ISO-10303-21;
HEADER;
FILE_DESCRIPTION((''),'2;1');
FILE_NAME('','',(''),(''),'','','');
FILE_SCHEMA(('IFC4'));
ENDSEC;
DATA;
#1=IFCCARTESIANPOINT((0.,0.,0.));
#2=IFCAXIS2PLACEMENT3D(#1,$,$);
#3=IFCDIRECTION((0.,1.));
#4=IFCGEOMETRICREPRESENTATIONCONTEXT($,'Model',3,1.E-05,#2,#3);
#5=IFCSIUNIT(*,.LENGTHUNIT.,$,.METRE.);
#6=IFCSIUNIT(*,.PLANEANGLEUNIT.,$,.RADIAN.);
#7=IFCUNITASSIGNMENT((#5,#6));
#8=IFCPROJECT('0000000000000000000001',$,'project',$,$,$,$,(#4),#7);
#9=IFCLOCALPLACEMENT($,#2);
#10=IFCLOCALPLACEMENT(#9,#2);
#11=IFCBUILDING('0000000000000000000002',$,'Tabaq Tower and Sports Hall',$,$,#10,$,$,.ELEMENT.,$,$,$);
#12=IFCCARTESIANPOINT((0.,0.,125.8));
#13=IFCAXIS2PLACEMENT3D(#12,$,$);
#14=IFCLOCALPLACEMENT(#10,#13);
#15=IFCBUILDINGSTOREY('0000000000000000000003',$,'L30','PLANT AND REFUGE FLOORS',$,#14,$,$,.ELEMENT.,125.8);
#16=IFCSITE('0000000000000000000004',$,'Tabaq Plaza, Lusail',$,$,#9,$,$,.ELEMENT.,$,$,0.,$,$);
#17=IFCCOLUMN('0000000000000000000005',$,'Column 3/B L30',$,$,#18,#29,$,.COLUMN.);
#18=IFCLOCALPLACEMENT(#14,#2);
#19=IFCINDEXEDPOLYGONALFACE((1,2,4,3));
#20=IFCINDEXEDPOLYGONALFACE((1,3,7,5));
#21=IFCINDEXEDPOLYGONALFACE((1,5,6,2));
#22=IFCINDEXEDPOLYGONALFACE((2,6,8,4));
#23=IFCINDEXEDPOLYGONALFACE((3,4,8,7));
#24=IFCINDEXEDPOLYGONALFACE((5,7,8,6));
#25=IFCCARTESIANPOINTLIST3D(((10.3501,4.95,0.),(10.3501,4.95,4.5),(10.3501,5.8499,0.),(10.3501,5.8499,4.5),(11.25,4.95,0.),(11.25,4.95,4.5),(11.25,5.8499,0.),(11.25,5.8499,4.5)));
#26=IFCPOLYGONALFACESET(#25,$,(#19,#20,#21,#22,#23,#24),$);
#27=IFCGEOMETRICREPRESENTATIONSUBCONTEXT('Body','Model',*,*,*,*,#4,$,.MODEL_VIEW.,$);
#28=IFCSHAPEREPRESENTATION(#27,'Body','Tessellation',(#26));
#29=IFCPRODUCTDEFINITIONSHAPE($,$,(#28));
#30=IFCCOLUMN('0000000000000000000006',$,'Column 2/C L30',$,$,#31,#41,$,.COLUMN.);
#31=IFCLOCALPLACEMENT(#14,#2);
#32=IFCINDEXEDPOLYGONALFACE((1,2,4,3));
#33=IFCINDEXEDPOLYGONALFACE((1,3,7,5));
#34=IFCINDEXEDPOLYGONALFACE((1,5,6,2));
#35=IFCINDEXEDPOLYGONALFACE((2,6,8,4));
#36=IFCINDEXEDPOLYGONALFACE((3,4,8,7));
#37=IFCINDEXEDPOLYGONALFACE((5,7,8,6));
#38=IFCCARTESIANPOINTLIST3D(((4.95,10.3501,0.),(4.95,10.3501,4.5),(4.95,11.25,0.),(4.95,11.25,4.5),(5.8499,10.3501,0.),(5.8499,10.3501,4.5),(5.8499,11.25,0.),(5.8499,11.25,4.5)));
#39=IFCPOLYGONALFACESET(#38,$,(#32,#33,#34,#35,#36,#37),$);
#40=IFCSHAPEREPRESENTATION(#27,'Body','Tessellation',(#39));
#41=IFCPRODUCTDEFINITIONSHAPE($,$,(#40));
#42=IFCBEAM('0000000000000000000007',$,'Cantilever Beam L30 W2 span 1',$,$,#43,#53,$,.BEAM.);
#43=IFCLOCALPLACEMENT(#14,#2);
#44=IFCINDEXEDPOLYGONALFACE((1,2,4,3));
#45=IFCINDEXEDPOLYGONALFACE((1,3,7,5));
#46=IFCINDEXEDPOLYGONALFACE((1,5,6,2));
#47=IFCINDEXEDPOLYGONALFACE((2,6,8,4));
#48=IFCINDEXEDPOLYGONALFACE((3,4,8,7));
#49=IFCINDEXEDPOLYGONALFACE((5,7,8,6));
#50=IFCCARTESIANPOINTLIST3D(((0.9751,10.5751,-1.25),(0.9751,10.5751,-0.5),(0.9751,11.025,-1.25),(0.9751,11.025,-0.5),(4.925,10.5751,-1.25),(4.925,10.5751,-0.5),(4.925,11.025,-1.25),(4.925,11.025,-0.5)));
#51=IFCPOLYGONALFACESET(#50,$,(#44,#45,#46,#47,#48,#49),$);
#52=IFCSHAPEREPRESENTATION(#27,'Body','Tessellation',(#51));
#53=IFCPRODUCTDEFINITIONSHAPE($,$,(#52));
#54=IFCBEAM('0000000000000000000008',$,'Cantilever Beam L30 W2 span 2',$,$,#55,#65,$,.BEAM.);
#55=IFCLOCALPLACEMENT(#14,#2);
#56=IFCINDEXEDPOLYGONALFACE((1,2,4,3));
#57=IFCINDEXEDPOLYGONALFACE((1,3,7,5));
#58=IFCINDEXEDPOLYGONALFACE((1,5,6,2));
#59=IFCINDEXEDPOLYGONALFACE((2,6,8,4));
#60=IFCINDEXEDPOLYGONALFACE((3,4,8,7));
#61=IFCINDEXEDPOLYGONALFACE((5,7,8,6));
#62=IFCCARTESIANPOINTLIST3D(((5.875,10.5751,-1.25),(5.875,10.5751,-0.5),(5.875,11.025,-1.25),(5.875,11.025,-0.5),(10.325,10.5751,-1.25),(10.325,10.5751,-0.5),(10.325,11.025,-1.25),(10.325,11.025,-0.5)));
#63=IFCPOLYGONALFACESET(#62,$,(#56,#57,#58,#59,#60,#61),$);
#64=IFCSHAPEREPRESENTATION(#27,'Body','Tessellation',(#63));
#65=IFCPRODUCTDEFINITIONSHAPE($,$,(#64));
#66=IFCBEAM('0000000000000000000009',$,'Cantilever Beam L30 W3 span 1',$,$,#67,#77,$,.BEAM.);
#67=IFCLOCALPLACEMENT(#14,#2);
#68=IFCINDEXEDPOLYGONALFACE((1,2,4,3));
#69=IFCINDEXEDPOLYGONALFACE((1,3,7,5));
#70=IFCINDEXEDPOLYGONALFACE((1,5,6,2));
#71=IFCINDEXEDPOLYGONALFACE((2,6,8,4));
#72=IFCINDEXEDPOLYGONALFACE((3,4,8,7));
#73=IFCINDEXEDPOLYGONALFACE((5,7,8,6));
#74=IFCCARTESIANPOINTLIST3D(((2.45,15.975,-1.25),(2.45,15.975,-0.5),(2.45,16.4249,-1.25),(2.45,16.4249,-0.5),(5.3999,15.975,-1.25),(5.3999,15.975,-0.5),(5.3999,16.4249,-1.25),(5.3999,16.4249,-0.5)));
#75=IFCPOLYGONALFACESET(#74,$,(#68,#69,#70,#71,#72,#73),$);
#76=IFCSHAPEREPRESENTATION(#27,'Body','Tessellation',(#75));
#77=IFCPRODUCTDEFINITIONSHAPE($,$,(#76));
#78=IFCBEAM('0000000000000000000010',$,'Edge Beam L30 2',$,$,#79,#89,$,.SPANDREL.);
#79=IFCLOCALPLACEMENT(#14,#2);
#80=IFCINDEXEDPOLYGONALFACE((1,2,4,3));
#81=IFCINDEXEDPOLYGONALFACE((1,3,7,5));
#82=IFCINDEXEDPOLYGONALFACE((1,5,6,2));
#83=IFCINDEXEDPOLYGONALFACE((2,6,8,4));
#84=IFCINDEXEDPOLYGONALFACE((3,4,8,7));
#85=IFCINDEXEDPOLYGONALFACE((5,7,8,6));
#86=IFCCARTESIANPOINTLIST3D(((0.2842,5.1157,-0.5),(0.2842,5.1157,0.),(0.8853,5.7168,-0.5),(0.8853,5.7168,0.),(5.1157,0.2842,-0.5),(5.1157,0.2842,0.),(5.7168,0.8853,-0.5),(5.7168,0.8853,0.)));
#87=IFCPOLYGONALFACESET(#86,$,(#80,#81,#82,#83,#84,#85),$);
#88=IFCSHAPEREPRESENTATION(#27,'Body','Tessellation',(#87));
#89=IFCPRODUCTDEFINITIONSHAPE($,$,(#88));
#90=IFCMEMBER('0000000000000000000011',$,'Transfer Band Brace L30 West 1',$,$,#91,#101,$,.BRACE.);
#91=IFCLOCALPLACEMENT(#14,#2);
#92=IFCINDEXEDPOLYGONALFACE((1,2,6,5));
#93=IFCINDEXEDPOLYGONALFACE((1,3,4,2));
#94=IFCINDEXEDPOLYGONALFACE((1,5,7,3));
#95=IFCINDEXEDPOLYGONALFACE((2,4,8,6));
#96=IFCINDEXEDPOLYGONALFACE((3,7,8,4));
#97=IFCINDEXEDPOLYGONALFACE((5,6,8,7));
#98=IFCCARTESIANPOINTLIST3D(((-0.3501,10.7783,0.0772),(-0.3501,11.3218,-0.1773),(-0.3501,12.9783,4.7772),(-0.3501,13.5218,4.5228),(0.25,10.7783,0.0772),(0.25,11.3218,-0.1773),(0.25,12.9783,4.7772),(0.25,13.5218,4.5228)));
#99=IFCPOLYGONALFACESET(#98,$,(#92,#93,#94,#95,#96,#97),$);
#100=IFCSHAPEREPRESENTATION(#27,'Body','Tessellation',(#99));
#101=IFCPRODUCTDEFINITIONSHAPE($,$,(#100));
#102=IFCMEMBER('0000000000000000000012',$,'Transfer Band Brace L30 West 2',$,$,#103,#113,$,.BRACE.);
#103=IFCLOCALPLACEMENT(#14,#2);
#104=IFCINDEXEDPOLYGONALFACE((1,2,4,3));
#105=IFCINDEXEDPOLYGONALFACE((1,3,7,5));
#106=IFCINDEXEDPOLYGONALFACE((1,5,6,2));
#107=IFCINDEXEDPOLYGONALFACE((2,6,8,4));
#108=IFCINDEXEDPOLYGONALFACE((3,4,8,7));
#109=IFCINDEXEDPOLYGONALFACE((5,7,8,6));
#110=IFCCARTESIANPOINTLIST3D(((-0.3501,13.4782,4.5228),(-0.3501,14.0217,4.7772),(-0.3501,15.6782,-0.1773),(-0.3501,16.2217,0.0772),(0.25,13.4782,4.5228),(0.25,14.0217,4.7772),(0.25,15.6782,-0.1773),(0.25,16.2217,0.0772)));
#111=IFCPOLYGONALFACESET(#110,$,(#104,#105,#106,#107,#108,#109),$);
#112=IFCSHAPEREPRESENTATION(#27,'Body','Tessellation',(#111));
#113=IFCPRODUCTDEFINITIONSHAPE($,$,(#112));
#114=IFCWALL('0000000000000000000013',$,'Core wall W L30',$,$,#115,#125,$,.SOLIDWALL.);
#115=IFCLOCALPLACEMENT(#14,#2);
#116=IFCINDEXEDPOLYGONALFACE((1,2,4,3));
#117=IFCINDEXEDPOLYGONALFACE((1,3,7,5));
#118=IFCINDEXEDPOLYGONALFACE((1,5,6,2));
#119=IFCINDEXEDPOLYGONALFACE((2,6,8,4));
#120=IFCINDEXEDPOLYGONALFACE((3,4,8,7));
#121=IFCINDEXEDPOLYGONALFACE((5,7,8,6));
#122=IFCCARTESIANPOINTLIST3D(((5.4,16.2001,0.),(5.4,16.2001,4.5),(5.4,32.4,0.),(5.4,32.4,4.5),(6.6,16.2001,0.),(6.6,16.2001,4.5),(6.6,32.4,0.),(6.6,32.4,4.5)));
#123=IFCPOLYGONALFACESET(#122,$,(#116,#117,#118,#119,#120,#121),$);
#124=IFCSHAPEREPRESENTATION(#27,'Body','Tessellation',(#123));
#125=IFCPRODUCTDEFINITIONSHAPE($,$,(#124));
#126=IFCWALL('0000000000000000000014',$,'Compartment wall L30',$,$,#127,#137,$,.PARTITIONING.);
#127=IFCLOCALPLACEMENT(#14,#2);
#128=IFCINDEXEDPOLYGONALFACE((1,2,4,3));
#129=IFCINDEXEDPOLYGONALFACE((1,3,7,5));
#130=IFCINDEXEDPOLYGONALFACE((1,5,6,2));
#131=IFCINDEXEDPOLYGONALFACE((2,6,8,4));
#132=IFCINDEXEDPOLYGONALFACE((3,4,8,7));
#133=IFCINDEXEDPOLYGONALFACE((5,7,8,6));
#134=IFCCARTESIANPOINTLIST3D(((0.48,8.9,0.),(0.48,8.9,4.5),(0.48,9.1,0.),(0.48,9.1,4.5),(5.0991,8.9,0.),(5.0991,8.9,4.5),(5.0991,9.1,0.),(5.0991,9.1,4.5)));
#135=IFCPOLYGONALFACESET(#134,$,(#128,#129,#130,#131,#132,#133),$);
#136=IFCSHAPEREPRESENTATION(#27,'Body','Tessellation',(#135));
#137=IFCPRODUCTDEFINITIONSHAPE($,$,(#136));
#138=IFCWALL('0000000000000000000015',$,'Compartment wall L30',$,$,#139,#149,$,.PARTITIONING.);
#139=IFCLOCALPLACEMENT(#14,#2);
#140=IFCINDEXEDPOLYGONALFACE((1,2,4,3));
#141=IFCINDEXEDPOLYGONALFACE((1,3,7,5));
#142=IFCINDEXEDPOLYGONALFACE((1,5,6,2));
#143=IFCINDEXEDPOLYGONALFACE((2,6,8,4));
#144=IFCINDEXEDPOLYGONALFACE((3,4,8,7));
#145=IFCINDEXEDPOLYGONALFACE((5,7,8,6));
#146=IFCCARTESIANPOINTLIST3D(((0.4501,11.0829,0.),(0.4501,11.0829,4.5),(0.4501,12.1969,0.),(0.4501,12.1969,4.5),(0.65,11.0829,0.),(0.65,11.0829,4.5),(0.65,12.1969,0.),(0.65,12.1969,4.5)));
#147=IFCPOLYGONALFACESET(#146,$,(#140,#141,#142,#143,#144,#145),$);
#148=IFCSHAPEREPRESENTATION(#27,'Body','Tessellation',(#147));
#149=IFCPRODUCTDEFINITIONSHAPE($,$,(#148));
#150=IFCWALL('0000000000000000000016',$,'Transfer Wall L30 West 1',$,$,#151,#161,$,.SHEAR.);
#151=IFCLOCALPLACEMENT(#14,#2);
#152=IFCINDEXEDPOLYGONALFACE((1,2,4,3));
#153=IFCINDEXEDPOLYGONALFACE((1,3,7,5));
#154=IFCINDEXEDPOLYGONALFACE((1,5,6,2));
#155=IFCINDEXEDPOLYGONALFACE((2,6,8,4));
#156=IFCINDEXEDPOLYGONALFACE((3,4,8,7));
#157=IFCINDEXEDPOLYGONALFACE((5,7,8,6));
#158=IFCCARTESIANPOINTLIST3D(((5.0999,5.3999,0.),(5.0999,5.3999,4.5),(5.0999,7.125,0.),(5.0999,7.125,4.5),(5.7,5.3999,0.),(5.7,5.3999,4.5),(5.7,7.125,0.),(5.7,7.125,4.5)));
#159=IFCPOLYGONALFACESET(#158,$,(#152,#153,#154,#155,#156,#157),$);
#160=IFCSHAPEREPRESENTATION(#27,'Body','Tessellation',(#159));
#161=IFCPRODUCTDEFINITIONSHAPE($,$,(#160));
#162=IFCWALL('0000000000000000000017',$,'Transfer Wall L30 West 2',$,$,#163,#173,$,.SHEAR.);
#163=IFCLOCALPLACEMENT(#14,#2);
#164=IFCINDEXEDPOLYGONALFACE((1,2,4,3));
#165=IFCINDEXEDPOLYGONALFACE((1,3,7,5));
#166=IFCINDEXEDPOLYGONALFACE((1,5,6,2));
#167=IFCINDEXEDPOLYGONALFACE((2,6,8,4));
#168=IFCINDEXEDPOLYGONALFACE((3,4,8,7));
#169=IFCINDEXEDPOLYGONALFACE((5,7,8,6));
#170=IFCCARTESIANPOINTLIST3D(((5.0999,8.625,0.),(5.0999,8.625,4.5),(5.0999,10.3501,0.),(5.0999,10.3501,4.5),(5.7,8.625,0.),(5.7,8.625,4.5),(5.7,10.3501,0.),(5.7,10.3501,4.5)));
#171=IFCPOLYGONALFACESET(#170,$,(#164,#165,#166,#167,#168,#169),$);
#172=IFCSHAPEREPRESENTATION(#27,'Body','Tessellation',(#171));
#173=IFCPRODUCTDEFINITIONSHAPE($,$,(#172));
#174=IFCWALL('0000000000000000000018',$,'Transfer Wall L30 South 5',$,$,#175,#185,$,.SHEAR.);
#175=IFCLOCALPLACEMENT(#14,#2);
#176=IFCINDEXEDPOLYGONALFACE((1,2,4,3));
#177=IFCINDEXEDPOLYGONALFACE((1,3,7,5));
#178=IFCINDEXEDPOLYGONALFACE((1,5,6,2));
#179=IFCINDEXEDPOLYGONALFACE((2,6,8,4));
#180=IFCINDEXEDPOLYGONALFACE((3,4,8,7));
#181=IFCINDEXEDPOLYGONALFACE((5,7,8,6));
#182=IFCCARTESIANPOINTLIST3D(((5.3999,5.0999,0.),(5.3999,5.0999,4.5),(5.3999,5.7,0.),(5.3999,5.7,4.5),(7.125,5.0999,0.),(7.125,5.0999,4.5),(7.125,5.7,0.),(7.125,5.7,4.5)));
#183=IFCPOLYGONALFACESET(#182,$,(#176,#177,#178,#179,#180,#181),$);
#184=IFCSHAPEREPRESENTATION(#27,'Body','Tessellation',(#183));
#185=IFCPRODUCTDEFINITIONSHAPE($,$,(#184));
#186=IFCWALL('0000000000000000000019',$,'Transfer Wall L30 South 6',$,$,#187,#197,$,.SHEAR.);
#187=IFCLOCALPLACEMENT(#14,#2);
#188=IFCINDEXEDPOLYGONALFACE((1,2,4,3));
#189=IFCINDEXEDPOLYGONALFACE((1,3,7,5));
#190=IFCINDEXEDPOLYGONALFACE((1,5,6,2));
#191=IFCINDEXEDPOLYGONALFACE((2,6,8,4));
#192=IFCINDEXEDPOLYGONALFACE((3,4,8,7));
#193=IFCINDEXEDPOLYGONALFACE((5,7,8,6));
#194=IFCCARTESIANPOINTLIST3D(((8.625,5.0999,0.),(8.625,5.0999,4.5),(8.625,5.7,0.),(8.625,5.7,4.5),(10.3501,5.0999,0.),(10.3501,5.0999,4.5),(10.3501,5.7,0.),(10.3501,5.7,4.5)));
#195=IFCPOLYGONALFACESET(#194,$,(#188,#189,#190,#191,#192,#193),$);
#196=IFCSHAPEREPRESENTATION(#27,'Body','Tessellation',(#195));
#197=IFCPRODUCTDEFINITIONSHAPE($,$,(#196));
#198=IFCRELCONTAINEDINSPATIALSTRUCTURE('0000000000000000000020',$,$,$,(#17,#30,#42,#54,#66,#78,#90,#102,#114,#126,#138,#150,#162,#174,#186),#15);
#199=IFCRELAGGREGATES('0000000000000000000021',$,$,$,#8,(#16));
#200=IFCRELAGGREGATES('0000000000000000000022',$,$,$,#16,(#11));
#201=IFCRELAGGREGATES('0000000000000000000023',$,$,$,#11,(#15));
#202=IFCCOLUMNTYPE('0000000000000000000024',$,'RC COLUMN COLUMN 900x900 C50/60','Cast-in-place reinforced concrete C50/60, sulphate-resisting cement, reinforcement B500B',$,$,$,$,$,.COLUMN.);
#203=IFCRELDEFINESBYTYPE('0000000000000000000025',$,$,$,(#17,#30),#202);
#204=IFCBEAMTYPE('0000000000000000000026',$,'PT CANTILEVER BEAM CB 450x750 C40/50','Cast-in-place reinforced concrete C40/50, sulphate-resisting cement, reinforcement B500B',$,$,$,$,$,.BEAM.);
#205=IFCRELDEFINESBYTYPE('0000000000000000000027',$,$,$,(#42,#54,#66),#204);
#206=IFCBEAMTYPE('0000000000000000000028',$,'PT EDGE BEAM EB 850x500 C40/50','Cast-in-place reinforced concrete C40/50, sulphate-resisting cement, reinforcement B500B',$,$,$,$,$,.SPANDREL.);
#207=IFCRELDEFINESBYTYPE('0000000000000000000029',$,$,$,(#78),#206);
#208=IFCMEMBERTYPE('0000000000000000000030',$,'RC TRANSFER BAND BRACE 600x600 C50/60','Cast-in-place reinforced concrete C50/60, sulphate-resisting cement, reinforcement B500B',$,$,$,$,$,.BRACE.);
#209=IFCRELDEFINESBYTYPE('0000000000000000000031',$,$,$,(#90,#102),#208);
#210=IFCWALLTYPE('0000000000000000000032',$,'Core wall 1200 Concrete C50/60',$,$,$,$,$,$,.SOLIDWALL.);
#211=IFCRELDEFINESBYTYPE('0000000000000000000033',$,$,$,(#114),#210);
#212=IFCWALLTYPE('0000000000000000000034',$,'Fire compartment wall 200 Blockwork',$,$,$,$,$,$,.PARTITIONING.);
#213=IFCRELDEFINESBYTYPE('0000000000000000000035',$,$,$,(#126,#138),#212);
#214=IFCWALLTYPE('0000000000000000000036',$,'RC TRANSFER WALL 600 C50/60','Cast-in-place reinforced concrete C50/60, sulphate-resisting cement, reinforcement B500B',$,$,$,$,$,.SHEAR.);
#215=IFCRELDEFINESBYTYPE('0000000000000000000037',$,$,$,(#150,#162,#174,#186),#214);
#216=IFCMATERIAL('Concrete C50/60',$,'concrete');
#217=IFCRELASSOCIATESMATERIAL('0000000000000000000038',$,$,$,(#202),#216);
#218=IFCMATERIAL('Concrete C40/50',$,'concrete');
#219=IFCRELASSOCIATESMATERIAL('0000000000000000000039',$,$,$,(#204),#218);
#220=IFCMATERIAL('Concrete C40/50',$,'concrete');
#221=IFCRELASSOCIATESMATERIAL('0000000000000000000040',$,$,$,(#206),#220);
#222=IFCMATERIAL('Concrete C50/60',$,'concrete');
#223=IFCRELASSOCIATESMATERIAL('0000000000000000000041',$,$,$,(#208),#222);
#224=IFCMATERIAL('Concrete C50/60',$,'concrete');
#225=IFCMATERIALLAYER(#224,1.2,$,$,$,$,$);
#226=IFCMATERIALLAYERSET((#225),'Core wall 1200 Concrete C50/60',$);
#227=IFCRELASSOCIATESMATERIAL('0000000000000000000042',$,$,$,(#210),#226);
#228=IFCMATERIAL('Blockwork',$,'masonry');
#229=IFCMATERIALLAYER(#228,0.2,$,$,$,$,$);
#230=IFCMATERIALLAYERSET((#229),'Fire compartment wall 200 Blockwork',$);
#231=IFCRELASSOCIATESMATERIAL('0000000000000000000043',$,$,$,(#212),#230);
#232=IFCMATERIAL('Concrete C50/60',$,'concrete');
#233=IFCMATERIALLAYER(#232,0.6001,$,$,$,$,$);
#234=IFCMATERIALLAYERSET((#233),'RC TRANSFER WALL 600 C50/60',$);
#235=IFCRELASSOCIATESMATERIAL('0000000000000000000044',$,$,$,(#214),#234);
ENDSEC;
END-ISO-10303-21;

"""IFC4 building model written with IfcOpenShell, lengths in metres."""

from ifc_helpers import new_model, si_unit, direction, frame, frame_2d, origin, origin_2d, place, context, subcontext, project, spatial, rectangle, extrude, material, layer, layer_set, material_profile, profile_set, type_object, element, save


model = new_model("IFC4")

# Units and contexts
model_context = context("Model", 3, precision=1e-05, world=origin(), true_north=direction((0.0, 1.0)))
body_context = subcontext(model_context, "Body", "Model", "MODEL_VIEW")
ifc_project = project(units=[si_unit("LENGTHUNIT", "METRE"), si_unit("PLANEANGLEUNIT", "RADIAN")], contexts=[model_context])

# Site, building, storey
site_placement = place(None, origin())
site = spatial("IfcSite", under=ifc_project, at=site_placement, Name="Tabaq Plaza, Lusail", CompositionType="ELEMENT", RefElevation=0.0)
building_placement = place(site_placement, origin())
building = spatial("IfcBuilding", under=site, at=building_placement, Name="Tabaq Tower and Sports Hall", CompositionType="ELEMENT")
storey_placement = place(building_placement, frame((0.0, 0.0, 125.8)))
storey = spatial("IfcBuildingStorey", under=building, at=storey_placement, Name="L30", Description="PLANT AND REFUGE FLOORS", CompositionType="ELEMENT", Elevation=125.8)

# Columns
ifc_material_1 = material(Name="Concrete C50/60", Category="concrete")
ifc_material_profile_1 = material_profile(ifc_material_1, rectangle(XDim=0.8999, YDim=0.8999, at=origin_2d()), Name="COLUMN 900x900")
ifc_profile_set_1 = profile_set([ifc_material_profile_1], Name="Concrete C50/60")
column_type = type_object("IfcColumnType", Name="RC COLUMN COLUMN 900x900 C50/60", Description="Cast-in-place reinforced concrete C50/60, sulphate-resisting cement, reinforcement B500B", PredefinedType="COLUMN", material=ifc_profile_set_1)
for number, where, z_axis, x_axis, name in (
    (1, (10.8, 5.3999, 0.0), (0.0, 0.0, 1.0), (1.0, 0.0, 0.0), "Column 3/B L30"),
    (2, (5.3999, 10.8, 0.0), (0.0, 0.0, 1.0), (1.0, 0.0, 0.0), "Column 2/C L30"),
):
    element("IfcColumn", number, at=place(storey_placement, frame(where, z_axis=z_axis, x_axis=x_axis)), inside=storey, type_object=column_type, Name=name, PredefinedType="COLUMN", context=body_context, shape_type="SweptSolid", body=[
        extrude(rectangle(XDim=0.8999, YDim=0.8999, at=origin_2d()), origin(), (0.0, 0.0, 1.0), 4.5),
    ])

# Beams
ifc_material_2 = material(Name="Concrete C40/50", Category="concrete")
ifc_material_profile_2 = material_profile(ifc_material_2, rectangle(XDim=0.45, YDim=0.75, at=origin_2d()), Name="CB 450x750")
ifc_profile_set_2 = profile_set([ifc_material_profile_2], Name="Concrete C40/50")
beam_type_1 = type_object("IfcBeamType", Name="PT CANTILEVER BEAM CB 450x750 C40/50", Description="Cast-in-place reinforced concrete C40/50, sulphate-resisting cement, reinforcement B500B", PredefinedType="BEAM", material=ifc_profile_set_2)
beam_1_placement = place(storey_placement, frame((0.9751, 10.8, -0.875), z_axis=(1.0, 0.0, 0.0), x_axis=(0.0, 1.0, 0.0)))
element("IfcBeam", 3, at=beam_1_placement, inside=storey, type_object=beam_type_1, Name="Cantilever Beam L30 W2 span 1", PredefinedType="BEAM", context=body_context, shape_type="SweptSolid", body=[
    extrude(rectangle(XDim=0.45, YDim=0.75, at=origin_2d()), origin(), (0.0, 0.0, 1.0), 3.95),
])
beam_2_placement = place(storey_placement, frame((5.875, 10.8, -0.875), z_axis=(1.0, 0.0, 0.0), x_axis=(0.0, 1.0, 0.0)))
element("IfcBeam", 4, at=beam_2_placement, inside=storey, type_object=beam_type_1, Name="Cantilever Beam L30 W2 span 2", PredefinedType="BEAM", context=body_context, shape_type="SweptSolid", body=[
    extrude(rectangle(XDim=0.45, YDim=0.75, at=origin_2d()), origin(), (0.0, 0.0, 1.0), 4.45),
])
beam_3_placement = place(storey_placement, frame((2.45, 16.2, -0.875), z_axis=(1.0, 0.0, 0.0), x_axis=(0.0, 1.0, 0.0)))
element("IfcBeam", 5, at=beam_3_placement, inside=storey, type_object=beam_type_1, Name="Cantilever Beam L30 W3 span 1", PredefinedType="BEAM", context=body_context, shape_type="SweptSolid", body=[
    extrude(rectangle(XDim=0.45, YDim=0.75, at=origin_2d()), origin(), (0.0, 0.0, 1.0), 2.95),
])
ifc_material_3 = material(Name="Concrete C40/50", Category="concrete")
ifc_material_profile_3 = material_profile(ifc_material_3, rectangle(XDim=0.8501, YDim=0.5, at=origin_2d()), Name="EB 850x500")
ifc_profile_set_3 = profile_set([ifc_material_profile_3], Name="Concrete C40/50")
beam_type_2 = type_object("IfcBeamType", Name="PT EDGE BEAM EB 850x500 C40/50", Description="Cast-in-place reinforced concrete C40/50, sulphate-resisting cement, reinforcement B500B", PredefinedType="SPANDREL", material=ifc_profile_set_3)
beam_4_placement = place(storey_placement, frame((0.5847, 5.4163, -0.25), z_axis=(0.707107, -0.707107, 0.0), x_axis=(0.707107, 0.707107, 0.0)))
element("IfcBeam", 6, at=beam_4_placement, inside=storey, type_object=beam_type_2, Name="Edge Beam L30 2", PredefinedType="SPANDREL", context=body_context, shape_type="SweptSolid", body=[
    extrude(rectangle(XDim=0.8501, YDim=0.5, at=origin_2d()), origin(), (0.0, 0.0, 1.0), 6.8328),
])

# Members
ifc_material_4 = material(Name="Concrete C50/60", Category="concrete")
ifc_material_profile_4 = material_profile(ifc_material_4, rectangle(XDim=0.6001, YDim=0.6001, at=origin_2d()), Name="TRANSFER BAND BRACE 600x600")
ifc_profile_set_4 = profile_set([ifc_material_profile_4], Name="Concrete C50/60")
member_type = type_object("IfcMemberType", Name="RC TRANSFER BAND BRACE 600x600 C50/60", Description="Cast-in-place reinforced concrete C50/60, sulphate-resisting cement, reinforcement B500B", PredefinedType="BRACE", material=ifc_profile_set_4)
for number, where, z_axis, x_axis, name in (
    (7, (-0.05, 11.05, -0.05), (0.0, 0.423936, 0.905692), (-1.0, 0.0, 0.0), "Transfer Band Brace L30 West 1"),
    (8, (-0.05, 15.95, -0.05), (0.0, -0.423936, 0.905692), (1.0, 0.0, 0.0), "Transfer Band Brace L30 West 2"),
):
    element("IfcMember", number, at=place(storey_placement, frame(where, z_axis=z_axis, x_axis=x_axis)), inside=storey, type_object=member_type, Name=name, PredefinedType="BRACE", context=body_context, shape_type="SweptSolid", body=[
        extrude(rectangle(XDim=0.6001, YDim=0.6001, at=origin_2d()), origin(), (0.0, 0.0, 1.0), 5.1895),
    ])

# Wall
ifc_material_5 = material(Name="Concrete C50/60", Category="concrete")
ifc_layer_1 = layer(ifc_material_5, 1.2)
ifc_layer_set_1 = layer_set([ifc_layer_1], Name="Core wall 1200 Concrete C50/60")
wall_type_1 = type_object("IfcWallType", Name="Core wall 1200 Concrete C50/60", PredefinedType="SOLIDWALL", material=ifc_layer_set_1)
wall_1_placement = place(storey_placement, frame((6.0, 16.2, 0.0), z_axis=(0.0, 0.0, 1.0), x_axis=(0.0, 1.0, 0.0)))
element("IfcWall", 9, at=wall_1_placement, inside=storey, type_object=wall_type_1, Name="Core wall W L30", PredefinedType="SOLIDWALL", context=body_context, shape_type="SweptSolid", body=[
    extrude(rectangle(XDim=16.2, YDim=1.2, at=frame_2d((8.1001, 0.0))), origin(), (0.0, 0.0, 1.0), 4.5),
])

# Shared definitions
ifc_material_6 = material(Name="Blockwork", Category="masonry")
ifc_layer_2 = layer(ifc_material_6, 0.2)
ifc_layer_set_2 = layer_set([ifc_layer_2], Name="Fire compartment wall 200 Blockwork")
wall_type_2 = type_object("IfcWallType", Name="Fire compartment wall 200 Blockwork", PredefinedType="PARTITIONING", material=ifc_layer_set_2)

# Walls
wall_2_placement = place(storey_placement, frame((5.0991, 9.0, 0.0), z_axis=(0.0, 0.0, 1.0), x_axis=(-1.0, 0.0, 0.0)))
element("IfcWall", 10, at=wall_2_placement, inside=storey, type_object=wall_type_2, Name="Compartment wall L30", PredefinedType="PARTITIONING", context=body_context, shape_type="SweptSolid", body=[
    extrude(rectangle(XDim=4.6191, YDim=0.2, at=frame_2d((2.3096, 0.0))), origin(), (0.0, 0.0, 1.0), 4.5),
])
wall_3_placement = place(storey_placement, frame((0.55, 11.0828, 0.0), z_axis=(0.0, 0.0, 1.0), x_axis=(0.0, 1.0, 0.0)))
element("IfcWall", 11, at=wall_3_placement, inside=storey, type_object=wall_type_2, Name="Compartment wall L30", PredefinedType="PARTITIONING", context=body_context, shape_type="SweptSolid", body=[
    extrude(rectangle(XDim=1.114, YDim=0.2, at=frame_2d((0.5571, 0.0))), origin(), (0.0, 0.0, 1.0), 4.5),
])
ifc_material_7 = material(Name="Concrete C50/60", Category="concrete")
ifc_layer_3 = layer(ifc_material_7, 0.6001)
ifc_layer_set_3 = layer_set([ifc_layer_3], Name="RC TRANSFER WALL 600 C50/60")
wall_type_3 = type_object("IfcWallType", Name="RC TRANSFER WALL 600 C50/60", Description="Cast-in-place reinforced concrete C50/60, sulphate-resisting cement, reinforcement B500B", PredefinedType="SHEAR", material=ifc_layer_set_3)
for number, where, z_axis, x_axis, name in (
    (12, (5.3999, 5.3999, 0.0), (0.0, 0.0, 1.0), (0.0, 1.0, 0.0), "Transfer Wall L30 West 1"),
    (13, (5.3999, 8.625, 0.0), (0.0, 0.0, 1.0), (0.0, 1.0, 0.0), "Transfer Wall L30 West 2"),
    (14, (5.3999, 5.3999, 0.0), (0.0, 0.0, 1.0), (1.0, 0.0, 0.0), "Transfer Wall L30 South 5"),
    (15, (8.625, 5.3999, 0.0), (0.0, 0.0, 1.0), (1.0, 0.0, 0.0), "Transfer Wall L30 South 6"),
):
    element("IfcWall", number, at=place(storey_placement, frame(where, z_axis=z_axis, x_axis=x_axis)), inside=storey, type_object=wall_type_3, Name=name, PredefinedType="SHEAR", context=body_context, shape_type="SweptSolid", body=[
        extrude(rectangle(XDim=1.7251, YDim=0.6001, at=frame_2d((0.8625, 0.0))), origin(), (0.0, 0.0, 1.0), 4.5),
    ])

save(model, "model.ifc")
